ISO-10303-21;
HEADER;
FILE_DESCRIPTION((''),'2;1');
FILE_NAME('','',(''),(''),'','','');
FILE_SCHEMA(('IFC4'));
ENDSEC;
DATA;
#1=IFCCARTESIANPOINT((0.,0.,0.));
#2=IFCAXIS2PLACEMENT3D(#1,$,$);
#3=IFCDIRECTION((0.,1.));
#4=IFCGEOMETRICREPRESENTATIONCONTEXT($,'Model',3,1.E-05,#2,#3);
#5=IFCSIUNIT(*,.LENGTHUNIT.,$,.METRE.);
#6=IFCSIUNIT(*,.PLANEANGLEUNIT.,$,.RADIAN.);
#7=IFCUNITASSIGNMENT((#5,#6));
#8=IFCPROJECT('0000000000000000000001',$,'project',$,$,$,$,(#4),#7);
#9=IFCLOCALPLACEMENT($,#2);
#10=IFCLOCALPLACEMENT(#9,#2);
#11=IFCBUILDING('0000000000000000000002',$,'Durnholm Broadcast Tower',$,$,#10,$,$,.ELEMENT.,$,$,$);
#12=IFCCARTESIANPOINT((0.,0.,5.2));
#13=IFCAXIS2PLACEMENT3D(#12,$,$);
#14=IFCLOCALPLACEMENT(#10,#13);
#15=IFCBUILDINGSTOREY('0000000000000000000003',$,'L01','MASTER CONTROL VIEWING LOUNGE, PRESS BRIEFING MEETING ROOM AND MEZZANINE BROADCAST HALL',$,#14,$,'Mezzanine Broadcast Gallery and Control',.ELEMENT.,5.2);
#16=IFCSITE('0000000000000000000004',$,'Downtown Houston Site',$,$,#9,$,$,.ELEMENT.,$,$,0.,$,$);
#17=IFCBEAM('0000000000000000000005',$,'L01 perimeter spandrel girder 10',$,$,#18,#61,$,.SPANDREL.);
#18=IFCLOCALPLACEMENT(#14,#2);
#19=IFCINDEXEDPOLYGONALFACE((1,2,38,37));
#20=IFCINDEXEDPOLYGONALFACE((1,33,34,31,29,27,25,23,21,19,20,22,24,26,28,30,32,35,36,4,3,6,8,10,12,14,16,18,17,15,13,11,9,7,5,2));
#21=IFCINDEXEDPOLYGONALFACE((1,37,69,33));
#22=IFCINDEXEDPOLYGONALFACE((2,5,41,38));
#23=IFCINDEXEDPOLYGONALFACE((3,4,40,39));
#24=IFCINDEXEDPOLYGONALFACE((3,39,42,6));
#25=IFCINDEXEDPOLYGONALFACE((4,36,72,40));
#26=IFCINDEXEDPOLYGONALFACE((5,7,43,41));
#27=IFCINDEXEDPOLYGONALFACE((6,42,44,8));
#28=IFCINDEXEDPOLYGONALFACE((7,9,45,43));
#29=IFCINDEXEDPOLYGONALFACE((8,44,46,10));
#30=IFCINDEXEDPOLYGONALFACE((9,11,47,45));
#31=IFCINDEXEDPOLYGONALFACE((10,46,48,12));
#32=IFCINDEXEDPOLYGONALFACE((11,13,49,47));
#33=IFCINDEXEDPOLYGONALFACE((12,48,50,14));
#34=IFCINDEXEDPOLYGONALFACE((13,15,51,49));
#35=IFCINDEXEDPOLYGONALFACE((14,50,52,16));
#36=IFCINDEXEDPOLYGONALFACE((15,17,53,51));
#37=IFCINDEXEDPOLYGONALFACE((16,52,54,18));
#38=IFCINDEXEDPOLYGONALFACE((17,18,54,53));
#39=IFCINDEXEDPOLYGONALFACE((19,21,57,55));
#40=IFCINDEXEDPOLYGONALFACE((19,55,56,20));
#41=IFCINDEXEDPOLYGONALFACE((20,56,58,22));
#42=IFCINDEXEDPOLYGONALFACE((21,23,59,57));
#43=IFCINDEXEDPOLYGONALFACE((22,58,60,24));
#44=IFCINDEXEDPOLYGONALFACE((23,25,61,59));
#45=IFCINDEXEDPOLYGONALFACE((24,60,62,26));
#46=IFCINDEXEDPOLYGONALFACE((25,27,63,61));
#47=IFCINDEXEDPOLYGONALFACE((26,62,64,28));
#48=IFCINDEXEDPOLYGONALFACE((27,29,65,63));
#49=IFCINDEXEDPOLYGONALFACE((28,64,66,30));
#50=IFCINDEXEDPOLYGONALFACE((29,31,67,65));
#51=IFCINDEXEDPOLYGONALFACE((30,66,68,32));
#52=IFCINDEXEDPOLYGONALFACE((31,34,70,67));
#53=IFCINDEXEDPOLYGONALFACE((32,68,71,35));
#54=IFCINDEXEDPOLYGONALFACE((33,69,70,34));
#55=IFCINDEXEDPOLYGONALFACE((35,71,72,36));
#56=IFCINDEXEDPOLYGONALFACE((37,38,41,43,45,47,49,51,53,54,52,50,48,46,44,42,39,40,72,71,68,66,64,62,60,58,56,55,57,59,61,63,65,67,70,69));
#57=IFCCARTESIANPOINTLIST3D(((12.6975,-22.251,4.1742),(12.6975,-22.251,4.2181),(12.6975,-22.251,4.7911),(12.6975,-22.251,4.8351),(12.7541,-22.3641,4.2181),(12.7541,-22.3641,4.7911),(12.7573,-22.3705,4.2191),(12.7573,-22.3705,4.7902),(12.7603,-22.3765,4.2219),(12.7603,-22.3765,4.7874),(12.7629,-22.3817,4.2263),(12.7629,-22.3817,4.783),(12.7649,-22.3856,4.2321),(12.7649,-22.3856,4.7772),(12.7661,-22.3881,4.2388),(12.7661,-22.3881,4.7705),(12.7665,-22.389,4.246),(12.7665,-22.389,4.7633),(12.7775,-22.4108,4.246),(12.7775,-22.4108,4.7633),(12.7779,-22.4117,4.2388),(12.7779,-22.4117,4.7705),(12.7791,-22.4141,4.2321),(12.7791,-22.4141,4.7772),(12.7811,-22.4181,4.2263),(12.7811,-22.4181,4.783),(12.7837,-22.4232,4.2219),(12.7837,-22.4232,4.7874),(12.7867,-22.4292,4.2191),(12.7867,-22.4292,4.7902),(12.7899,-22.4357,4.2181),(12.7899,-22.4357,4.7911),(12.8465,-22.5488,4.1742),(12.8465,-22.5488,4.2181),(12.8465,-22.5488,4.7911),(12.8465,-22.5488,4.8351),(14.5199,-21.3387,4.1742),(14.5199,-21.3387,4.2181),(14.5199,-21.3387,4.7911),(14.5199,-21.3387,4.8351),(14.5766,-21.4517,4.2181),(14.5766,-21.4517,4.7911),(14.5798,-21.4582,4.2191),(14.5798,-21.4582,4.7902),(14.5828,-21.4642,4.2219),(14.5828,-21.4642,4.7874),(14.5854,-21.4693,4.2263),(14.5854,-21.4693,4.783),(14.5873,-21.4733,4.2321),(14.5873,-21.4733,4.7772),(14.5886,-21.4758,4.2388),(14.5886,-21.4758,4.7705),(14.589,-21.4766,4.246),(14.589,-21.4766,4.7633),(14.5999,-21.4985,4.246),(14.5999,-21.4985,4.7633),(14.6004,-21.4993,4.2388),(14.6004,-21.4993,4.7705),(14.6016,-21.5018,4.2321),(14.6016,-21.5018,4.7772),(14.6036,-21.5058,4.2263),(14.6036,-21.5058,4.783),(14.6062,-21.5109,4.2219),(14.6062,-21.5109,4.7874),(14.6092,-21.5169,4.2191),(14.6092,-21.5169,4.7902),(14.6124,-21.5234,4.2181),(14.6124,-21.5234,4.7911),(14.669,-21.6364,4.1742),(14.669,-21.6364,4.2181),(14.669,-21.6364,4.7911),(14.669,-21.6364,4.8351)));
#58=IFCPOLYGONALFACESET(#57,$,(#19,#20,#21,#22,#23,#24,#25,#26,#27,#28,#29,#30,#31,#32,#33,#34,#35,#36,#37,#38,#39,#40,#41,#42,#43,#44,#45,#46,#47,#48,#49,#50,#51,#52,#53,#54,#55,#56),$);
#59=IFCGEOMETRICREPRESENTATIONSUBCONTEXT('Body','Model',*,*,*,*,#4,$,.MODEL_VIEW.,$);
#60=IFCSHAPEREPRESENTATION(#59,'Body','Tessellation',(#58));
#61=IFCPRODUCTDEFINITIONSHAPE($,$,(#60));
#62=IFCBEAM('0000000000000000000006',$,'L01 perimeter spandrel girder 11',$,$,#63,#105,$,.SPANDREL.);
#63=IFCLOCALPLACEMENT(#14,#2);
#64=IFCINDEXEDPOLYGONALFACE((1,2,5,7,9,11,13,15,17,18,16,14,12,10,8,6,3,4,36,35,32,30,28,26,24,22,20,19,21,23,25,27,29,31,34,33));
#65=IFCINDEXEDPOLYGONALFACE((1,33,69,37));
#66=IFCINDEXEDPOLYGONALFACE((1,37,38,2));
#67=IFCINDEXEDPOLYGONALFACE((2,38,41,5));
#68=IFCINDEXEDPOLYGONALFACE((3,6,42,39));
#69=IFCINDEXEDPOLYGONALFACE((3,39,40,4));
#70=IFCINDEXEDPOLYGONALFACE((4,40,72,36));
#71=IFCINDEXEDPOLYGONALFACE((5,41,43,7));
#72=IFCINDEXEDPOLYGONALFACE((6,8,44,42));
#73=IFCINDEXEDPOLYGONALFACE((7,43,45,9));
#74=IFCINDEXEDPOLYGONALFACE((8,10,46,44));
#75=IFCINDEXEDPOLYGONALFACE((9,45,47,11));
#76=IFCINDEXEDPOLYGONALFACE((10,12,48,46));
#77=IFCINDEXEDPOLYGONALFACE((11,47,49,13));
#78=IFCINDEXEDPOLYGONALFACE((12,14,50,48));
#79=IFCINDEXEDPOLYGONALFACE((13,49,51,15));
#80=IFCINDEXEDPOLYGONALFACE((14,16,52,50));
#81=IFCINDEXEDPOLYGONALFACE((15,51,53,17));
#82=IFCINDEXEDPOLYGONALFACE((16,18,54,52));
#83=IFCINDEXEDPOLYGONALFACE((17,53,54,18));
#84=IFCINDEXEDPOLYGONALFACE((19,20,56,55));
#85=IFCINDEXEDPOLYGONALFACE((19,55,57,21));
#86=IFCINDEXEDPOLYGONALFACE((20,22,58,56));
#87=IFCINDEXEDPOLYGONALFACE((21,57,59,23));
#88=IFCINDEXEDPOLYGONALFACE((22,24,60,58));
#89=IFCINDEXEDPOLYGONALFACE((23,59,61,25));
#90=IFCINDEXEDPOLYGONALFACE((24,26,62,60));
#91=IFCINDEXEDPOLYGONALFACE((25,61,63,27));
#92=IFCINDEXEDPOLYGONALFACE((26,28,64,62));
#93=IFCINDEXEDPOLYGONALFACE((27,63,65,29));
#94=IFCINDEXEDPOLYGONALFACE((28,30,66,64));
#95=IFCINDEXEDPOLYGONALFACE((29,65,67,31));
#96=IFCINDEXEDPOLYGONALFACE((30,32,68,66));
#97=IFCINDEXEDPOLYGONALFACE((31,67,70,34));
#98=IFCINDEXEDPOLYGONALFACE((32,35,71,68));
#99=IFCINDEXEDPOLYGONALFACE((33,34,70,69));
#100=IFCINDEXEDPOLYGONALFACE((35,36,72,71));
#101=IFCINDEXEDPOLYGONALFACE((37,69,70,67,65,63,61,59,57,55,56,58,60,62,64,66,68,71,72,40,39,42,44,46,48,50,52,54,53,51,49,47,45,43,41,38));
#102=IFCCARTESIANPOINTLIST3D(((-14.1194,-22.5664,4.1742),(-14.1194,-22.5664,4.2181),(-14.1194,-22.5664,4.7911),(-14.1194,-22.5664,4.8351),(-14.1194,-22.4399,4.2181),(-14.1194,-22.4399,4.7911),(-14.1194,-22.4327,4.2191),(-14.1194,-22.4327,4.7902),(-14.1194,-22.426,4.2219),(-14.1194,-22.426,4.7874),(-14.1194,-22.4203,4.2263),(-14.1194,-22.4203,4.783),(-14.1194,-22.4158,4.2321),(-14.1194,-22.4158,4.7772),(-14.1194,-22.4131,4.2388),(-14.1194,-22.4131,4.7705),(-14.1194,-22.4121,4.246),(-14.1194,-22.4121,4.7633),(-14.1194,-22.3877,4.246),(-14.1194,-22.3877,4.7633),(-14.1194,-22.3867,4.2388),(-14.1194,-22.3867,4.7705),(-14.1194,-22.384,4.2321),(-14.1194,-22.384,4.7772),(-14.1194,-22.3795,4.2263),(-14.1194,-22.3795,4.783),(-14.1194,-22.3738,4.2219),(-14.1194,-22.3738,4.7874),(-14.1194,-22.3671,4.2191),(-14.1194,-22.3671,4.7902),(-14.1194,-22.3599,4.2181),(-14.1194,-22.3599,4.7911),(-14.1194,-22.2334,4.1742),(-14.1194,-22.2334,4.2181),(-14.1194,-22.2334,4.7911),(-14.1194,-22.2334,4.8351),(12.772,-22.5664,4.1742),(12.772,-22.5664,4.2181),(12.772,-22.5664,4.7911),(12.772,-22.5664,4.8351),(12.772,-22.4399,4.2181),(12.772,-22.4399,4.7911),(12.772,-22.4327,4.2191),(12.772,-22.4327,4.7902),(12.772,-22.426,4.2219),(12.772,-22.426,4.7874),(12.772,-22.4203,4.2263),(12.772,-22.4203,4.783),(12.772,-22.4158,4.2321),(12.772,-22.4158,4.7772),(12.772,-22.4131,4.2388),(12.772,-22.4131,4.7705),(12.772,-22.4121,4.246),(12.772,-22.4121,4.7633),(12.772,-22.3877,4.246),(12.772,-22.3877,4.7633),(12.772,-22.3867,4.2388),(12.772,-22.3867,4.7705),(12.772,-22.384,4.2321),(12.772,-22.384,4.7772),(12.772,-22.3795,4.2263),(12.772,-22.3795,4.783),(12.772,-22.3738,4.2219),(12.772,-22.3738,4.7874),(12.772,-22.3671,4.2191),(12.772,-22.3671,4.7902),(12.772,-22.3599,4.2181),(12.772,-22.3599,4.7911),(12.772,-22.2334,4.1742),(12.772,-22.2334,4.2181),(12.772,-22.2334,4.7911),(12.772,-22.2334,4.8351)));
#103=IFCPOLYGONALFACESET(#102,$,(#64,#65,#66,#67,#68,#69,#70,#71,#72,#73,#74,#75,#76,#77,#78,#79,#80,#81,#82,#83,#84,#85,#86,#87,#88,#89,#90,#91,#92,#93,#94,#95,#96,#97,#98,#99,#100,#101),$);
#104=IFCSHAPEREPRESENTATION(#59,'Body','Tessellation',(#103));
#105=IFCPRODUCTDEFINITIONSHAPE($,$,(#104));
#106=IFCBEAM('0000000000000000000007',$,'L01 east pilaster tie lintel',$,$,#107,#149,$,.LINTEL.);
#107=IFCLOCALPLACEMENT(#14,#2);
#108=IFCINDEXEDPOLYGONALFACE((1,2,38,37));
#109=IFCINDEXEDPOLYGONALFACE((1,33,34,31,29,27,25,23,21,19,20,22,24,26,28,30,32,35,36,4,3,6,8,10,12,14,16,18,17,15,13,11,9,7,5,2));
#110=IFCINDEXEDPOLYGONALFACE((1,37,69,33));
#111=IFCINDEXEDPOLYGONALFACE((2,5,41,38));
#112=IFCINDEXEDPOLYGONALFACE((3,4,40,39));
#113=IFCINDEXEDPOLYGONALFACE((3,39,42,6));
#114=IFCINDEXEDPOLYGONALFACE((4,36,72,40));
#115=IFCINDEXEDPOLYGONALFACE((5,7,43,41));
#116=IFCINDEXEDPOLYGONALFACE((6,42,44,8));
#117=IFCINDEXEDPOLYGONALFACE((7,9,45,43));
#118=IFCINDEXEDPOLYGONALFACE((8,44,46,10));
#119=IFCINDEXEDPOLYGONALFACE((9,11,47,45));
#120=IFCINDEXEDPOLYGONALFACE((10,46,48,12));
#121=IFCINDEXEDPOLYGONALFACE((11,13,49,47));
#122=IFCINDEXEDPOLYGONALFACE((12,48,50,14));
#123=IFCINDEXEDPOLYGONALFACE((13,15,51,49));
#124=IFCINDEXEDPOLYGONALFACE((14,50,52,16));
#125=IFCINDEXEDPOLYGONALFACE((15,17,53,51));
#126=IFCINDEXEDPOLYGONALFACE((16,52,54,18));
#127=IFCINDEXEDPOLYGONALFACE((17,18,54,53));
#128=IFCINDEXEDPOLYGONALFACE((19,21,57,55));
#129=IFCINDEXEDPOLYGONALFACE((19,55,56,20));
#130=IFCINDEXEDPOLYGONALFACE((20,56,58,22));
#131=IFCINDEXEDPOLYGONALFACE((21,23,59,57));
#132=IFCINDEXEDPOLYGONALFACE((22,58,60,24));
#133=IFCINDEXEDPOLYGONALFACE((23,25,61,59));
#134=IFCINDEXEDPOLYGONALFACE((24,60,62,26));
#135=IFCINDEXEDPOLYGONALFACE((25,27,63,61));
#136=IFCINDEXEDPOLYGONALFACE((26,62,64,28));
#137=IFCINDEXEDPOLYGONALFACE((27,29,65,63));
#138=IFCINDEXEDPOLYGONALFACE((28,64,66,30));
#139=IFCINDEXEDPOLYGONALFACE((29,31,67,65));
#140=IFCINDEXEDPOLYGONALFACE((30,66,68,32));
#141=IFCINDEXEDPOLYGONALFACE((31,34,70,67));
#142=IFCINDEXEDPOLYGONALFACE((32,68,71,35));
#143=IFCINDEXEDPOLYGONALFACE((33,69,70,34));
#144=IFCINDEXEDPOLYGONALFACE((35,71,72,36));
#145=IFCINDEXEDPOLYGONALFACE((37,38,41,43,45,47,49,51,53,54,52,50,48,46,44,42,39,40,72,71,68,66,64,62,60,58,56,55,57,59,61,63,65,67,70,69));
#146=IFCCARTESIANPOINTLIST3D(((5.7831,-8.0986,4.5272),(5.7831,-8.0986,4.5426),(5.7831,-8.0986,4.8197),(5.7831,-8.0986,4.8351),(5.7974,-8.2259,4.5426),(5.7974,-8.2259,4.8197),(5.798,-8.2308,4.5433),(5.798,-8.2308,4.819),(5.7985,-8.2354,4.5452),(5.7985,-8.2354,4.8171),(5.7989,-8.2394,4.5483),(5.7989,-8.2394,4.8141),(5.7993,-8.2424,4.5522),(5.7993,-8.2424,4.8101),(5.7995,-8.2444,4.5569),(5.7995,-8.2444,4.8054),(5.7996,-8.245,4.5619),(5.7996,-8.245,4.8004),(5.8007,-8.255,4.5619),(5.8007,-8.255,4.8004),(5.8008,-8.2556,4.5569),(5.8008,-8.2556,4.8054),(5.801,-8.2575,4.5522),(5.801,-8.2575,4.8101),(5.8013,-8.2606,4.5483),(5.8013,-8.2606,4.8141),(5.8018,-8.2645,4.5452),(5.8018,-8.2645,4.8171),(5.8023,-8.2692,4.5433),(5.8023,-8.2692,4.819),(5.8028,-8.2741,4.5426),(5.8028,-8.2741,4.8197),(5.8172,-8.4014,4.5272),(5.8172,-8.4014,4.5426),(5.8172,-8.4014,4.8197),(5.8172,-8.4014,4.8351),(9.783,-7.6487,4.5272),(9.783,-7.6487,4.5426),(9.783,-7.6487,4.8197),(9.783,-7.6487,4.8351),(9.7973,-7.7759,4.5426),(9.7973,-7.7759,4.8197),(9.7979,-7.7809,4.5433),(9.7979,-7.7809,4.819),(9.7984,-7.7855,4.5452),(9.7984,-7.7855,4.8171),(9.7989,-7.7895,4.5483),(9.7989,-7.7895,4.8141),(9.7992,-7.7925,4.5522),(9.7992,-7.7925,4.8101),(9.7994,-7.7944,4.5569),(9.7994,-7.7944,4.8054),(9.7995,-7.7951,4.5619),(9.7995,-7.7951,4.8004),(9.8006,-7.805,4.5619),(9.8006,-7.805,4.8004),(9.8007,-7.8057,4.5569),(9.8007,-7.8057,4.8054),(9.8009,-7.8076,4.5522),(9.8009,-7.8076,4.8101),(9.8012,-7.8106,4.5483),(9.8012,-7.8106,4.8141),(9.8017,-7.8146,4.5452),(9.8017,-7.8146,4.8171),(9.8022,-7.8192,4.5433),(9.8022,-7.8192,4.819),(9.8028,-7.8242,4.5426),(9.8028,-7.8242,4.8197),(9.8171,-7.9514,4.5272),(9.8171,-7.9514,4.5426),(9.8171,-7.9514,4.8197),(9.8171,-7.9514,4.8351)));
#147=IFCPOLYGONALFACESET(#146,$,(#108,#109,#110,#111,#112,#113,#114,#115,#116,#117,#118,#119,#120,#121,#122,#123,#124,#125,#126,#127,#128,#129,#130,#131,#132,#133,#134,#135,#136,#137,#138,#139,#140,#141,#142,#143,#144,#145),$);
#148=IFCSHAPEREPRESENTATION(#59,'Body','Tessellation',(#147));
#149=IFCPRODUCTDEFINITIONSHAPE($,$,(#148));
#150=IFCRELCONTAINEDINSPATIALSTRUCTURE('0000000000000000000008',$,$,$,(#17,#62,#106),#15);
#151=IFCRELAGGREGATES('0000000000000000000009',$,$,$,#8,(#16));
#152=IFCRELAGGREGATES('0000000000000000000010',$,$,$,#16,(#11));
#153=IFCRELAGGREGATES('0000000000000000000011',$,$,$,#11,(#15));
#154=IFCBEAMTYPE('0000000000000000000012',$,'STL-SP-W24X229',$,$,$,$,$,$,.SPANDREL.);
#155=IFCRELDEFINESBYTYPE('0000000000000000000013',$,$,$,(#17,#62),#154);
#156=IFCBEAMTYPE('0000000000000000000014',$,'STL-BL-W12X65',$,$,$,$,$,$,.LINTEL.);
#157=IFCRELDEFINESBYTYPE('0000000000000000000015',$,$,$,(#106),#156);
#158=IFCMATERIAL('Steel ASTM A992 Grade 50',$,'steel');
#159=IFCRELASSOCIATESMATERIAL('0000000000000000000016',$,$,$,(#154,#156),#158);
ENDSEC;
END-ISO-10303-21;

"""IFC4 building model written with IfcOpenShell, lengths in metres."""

from ifc_helpers import new_model, si_unit, direction, frame, origin, origin_2d, place, context, subcontext, project, spatial, i_section, extrude, source, transform, mapped, material, material_profile, profile_set, type_object, type_shapes, element, save


model = new_model("IFC4")

# Units and contexts
model_context = context("Model", 3, precision=1e-05, world=origin(), true_north=direction((0.0, 1.0)))
body_context = subcontext(model_context, "Body", "Model", "MODEL_VIEW")
ifc_project = project(units=[si_unit("LENGTHUNIT", "METRE"), si_unit("PLANEANGLEUNIT", "RADIAN")], contexts=[model_context])

# Site, building, storey
site_placement = place(None, origin())
site = spatial("IfcSite", under=ifc_project, at=site_placement, Name="Downtown Houston Site", CompositionType="ELEMENT", RefElevation=0.0)
building_placement = place(site_placement, origin())
building = spatial("IfcBuilding", under=site, at=building_placement, Name="Durnholm Broadcast Tower", CompositionType="ELEMENT")
storey_placement = place(building_placement, frame((0.0, 0.0, 5.2)))
storey = spatial("IfcBuildingStorey", under=building, at=storey_placement, Name="L01", Description="MASTER CONTROL VIEWING LOUNGE, PRESS BRIEFING MEETING ROOM AND MEZZANINE BROADCAST HALL", LongName="Mezzanine Broadcast Gallery and Control", CompositionType="ELEMENT", Elevation=5.2)

# Shared definitions
ifc_material_1 = material(Name="Steel ASTM A992 Grade 50", Category="steel")

# Beams
ifc_material_profile_1 = material_profile(ifc_material_1, i_section(OverallWidth=0.333, OverallDepth=0.6609, WebThickness=0.0244, FlangeThickness=0.0439, FilletRadius=0.0278, at=origin_2d()), Name="W24X229")
ifc_profile_set_1 = profile_set([ifc_material_profile_1], Name="Steel ASTM A992 Grade 50")
beam_type_1 = type_object("IfcBeamType", Name="STL-SP-W24X229", PredefinedType="SPANDREL", material=ifc_profile_set_1)
shared_shape_1 = source(origin(), body_context, "Body", "SweptSolid", [
    extrude(i_section(OverallWidth=0.333, OverallDepth=0.6609, WebThickness=0.0244, FlangeThickness=0.0439, FilletRadius=0.0278, at=origin_2d()), origin(), (0.0, 0.0, 1.0), 2.0381),
])
beam_1_placement = place(storey_placement, frame((14.5945, -21.4875, 4.5046), z_axis=(-0.894211, -0.447645, 0.0), x_axis=(0.447645, -0.894211, 0.0)))
element("IfcBeam", 1, at=beam_1_placement, inside=storey, type_object=beam_type_1, Name="L01 perimeter spandrel girder 10", PredefinedType="SPANDREL", context=body_context, shape_type="MappedRepresentation", body=[
    mapped(shared_shape_1, transform((0.0, 0.0, 0.0), x_axis=(1.0, 0.0, 0.0), y_axis=(0.0, 1.0, 0.0), z_axis=(0.0, 0.0, 1.0), scale=1.0)),
])
shared_shape_2 = source(origin(), body_context, "Body", "SweptSolid", [
    extrude(i_section(OverallWidth=0.333, OverallDepth=0.6609, WebThickness=0.0244, FlangeThickness=0.0439, FilletRadius=0.0278, at=origin_2d()), origin(), (0.0, 0.0, 1.0), 26.8914),
])
beam_2_placement = place(storey_placement, frame((12.772, -22.3999, 4.5046), z_axis=(-1.0, 0.0, 0.0), x_axis=(0.0, -1.0, 0.0)))
element("IfcBeam", 2, at=beam_2_placement, inside=storey, type_object=beam_type_1, Name="L01 perimeter spandrel girder 11", PredefinedType="SPANDREL", context=body_context, shape_type="MappedRepresentation", body=[
    mapped(shared_shape_2, transform((0.0, 0.0, 0.0), x_axis=(1.0, 0.0, 0.0), y_axis=(0.0, 1.0, 0.0), z_axis=(0.0, 0.0, 1.0), scale=1.0)),
])
ifc_material_profile_2 = material_profile(ifc_material_1, i_section(OverallWidth=0.3047, OverallDepth=0.3079, WebThickness=0.01, FlangeThickness=0.0154, FilletRadius=0.0193, at=origin_2d()), Name="W12X65")
ifc_profile_set_2 = profile_set([ifc_material_profile_2], Name="Steel ASTM A992 Grade 50")
beam_type_2 = type_object("IfcBeamType", Name="STL-BL-W12X65", PredefinedType="LINTEL", material=ifc_profile_set_2)
shared_shape_3 = source(origin(), body_context, "Body", "SweptSolid", [
    extrude(i_section(OverallWidth=0.3047, OverallDepth=0.3079, WebThickness=0.01, FlangeThickness=0.0154, FilletRadius=0.0193, at=origin_2d()), origin(), (0.0, 0.0, 1.0), 4.0251),
])
type_shapes(beam_type_2, [shared_shape_3])
beam_3_placement = place(storey_placement, frame((9.8, -7.8, 4.6812), z_axis=(-0.993733, -0.111783, 0.0), x_axis=(0.111783, -0.993733, 0.0)))
element("IfcBeam", 3, at=beam_3_placement, inside=storey, type_object=beam_type_2, Name="L01 east pilaster tie lintel", PredefinedType="LINTEL", context=body_context, shape_type="MappedRepresentation", body=[
    mapped(shared_shape_3, transform((0.0, 0.0, 0.0), x_axis=(1.0, 0.0, 0.0), y_axis=(0.0, 1.0, 0.0), z_axis=(0.0, 0.0, 1.0), scale=1.0)),
])

save(model, "model.ifc")
